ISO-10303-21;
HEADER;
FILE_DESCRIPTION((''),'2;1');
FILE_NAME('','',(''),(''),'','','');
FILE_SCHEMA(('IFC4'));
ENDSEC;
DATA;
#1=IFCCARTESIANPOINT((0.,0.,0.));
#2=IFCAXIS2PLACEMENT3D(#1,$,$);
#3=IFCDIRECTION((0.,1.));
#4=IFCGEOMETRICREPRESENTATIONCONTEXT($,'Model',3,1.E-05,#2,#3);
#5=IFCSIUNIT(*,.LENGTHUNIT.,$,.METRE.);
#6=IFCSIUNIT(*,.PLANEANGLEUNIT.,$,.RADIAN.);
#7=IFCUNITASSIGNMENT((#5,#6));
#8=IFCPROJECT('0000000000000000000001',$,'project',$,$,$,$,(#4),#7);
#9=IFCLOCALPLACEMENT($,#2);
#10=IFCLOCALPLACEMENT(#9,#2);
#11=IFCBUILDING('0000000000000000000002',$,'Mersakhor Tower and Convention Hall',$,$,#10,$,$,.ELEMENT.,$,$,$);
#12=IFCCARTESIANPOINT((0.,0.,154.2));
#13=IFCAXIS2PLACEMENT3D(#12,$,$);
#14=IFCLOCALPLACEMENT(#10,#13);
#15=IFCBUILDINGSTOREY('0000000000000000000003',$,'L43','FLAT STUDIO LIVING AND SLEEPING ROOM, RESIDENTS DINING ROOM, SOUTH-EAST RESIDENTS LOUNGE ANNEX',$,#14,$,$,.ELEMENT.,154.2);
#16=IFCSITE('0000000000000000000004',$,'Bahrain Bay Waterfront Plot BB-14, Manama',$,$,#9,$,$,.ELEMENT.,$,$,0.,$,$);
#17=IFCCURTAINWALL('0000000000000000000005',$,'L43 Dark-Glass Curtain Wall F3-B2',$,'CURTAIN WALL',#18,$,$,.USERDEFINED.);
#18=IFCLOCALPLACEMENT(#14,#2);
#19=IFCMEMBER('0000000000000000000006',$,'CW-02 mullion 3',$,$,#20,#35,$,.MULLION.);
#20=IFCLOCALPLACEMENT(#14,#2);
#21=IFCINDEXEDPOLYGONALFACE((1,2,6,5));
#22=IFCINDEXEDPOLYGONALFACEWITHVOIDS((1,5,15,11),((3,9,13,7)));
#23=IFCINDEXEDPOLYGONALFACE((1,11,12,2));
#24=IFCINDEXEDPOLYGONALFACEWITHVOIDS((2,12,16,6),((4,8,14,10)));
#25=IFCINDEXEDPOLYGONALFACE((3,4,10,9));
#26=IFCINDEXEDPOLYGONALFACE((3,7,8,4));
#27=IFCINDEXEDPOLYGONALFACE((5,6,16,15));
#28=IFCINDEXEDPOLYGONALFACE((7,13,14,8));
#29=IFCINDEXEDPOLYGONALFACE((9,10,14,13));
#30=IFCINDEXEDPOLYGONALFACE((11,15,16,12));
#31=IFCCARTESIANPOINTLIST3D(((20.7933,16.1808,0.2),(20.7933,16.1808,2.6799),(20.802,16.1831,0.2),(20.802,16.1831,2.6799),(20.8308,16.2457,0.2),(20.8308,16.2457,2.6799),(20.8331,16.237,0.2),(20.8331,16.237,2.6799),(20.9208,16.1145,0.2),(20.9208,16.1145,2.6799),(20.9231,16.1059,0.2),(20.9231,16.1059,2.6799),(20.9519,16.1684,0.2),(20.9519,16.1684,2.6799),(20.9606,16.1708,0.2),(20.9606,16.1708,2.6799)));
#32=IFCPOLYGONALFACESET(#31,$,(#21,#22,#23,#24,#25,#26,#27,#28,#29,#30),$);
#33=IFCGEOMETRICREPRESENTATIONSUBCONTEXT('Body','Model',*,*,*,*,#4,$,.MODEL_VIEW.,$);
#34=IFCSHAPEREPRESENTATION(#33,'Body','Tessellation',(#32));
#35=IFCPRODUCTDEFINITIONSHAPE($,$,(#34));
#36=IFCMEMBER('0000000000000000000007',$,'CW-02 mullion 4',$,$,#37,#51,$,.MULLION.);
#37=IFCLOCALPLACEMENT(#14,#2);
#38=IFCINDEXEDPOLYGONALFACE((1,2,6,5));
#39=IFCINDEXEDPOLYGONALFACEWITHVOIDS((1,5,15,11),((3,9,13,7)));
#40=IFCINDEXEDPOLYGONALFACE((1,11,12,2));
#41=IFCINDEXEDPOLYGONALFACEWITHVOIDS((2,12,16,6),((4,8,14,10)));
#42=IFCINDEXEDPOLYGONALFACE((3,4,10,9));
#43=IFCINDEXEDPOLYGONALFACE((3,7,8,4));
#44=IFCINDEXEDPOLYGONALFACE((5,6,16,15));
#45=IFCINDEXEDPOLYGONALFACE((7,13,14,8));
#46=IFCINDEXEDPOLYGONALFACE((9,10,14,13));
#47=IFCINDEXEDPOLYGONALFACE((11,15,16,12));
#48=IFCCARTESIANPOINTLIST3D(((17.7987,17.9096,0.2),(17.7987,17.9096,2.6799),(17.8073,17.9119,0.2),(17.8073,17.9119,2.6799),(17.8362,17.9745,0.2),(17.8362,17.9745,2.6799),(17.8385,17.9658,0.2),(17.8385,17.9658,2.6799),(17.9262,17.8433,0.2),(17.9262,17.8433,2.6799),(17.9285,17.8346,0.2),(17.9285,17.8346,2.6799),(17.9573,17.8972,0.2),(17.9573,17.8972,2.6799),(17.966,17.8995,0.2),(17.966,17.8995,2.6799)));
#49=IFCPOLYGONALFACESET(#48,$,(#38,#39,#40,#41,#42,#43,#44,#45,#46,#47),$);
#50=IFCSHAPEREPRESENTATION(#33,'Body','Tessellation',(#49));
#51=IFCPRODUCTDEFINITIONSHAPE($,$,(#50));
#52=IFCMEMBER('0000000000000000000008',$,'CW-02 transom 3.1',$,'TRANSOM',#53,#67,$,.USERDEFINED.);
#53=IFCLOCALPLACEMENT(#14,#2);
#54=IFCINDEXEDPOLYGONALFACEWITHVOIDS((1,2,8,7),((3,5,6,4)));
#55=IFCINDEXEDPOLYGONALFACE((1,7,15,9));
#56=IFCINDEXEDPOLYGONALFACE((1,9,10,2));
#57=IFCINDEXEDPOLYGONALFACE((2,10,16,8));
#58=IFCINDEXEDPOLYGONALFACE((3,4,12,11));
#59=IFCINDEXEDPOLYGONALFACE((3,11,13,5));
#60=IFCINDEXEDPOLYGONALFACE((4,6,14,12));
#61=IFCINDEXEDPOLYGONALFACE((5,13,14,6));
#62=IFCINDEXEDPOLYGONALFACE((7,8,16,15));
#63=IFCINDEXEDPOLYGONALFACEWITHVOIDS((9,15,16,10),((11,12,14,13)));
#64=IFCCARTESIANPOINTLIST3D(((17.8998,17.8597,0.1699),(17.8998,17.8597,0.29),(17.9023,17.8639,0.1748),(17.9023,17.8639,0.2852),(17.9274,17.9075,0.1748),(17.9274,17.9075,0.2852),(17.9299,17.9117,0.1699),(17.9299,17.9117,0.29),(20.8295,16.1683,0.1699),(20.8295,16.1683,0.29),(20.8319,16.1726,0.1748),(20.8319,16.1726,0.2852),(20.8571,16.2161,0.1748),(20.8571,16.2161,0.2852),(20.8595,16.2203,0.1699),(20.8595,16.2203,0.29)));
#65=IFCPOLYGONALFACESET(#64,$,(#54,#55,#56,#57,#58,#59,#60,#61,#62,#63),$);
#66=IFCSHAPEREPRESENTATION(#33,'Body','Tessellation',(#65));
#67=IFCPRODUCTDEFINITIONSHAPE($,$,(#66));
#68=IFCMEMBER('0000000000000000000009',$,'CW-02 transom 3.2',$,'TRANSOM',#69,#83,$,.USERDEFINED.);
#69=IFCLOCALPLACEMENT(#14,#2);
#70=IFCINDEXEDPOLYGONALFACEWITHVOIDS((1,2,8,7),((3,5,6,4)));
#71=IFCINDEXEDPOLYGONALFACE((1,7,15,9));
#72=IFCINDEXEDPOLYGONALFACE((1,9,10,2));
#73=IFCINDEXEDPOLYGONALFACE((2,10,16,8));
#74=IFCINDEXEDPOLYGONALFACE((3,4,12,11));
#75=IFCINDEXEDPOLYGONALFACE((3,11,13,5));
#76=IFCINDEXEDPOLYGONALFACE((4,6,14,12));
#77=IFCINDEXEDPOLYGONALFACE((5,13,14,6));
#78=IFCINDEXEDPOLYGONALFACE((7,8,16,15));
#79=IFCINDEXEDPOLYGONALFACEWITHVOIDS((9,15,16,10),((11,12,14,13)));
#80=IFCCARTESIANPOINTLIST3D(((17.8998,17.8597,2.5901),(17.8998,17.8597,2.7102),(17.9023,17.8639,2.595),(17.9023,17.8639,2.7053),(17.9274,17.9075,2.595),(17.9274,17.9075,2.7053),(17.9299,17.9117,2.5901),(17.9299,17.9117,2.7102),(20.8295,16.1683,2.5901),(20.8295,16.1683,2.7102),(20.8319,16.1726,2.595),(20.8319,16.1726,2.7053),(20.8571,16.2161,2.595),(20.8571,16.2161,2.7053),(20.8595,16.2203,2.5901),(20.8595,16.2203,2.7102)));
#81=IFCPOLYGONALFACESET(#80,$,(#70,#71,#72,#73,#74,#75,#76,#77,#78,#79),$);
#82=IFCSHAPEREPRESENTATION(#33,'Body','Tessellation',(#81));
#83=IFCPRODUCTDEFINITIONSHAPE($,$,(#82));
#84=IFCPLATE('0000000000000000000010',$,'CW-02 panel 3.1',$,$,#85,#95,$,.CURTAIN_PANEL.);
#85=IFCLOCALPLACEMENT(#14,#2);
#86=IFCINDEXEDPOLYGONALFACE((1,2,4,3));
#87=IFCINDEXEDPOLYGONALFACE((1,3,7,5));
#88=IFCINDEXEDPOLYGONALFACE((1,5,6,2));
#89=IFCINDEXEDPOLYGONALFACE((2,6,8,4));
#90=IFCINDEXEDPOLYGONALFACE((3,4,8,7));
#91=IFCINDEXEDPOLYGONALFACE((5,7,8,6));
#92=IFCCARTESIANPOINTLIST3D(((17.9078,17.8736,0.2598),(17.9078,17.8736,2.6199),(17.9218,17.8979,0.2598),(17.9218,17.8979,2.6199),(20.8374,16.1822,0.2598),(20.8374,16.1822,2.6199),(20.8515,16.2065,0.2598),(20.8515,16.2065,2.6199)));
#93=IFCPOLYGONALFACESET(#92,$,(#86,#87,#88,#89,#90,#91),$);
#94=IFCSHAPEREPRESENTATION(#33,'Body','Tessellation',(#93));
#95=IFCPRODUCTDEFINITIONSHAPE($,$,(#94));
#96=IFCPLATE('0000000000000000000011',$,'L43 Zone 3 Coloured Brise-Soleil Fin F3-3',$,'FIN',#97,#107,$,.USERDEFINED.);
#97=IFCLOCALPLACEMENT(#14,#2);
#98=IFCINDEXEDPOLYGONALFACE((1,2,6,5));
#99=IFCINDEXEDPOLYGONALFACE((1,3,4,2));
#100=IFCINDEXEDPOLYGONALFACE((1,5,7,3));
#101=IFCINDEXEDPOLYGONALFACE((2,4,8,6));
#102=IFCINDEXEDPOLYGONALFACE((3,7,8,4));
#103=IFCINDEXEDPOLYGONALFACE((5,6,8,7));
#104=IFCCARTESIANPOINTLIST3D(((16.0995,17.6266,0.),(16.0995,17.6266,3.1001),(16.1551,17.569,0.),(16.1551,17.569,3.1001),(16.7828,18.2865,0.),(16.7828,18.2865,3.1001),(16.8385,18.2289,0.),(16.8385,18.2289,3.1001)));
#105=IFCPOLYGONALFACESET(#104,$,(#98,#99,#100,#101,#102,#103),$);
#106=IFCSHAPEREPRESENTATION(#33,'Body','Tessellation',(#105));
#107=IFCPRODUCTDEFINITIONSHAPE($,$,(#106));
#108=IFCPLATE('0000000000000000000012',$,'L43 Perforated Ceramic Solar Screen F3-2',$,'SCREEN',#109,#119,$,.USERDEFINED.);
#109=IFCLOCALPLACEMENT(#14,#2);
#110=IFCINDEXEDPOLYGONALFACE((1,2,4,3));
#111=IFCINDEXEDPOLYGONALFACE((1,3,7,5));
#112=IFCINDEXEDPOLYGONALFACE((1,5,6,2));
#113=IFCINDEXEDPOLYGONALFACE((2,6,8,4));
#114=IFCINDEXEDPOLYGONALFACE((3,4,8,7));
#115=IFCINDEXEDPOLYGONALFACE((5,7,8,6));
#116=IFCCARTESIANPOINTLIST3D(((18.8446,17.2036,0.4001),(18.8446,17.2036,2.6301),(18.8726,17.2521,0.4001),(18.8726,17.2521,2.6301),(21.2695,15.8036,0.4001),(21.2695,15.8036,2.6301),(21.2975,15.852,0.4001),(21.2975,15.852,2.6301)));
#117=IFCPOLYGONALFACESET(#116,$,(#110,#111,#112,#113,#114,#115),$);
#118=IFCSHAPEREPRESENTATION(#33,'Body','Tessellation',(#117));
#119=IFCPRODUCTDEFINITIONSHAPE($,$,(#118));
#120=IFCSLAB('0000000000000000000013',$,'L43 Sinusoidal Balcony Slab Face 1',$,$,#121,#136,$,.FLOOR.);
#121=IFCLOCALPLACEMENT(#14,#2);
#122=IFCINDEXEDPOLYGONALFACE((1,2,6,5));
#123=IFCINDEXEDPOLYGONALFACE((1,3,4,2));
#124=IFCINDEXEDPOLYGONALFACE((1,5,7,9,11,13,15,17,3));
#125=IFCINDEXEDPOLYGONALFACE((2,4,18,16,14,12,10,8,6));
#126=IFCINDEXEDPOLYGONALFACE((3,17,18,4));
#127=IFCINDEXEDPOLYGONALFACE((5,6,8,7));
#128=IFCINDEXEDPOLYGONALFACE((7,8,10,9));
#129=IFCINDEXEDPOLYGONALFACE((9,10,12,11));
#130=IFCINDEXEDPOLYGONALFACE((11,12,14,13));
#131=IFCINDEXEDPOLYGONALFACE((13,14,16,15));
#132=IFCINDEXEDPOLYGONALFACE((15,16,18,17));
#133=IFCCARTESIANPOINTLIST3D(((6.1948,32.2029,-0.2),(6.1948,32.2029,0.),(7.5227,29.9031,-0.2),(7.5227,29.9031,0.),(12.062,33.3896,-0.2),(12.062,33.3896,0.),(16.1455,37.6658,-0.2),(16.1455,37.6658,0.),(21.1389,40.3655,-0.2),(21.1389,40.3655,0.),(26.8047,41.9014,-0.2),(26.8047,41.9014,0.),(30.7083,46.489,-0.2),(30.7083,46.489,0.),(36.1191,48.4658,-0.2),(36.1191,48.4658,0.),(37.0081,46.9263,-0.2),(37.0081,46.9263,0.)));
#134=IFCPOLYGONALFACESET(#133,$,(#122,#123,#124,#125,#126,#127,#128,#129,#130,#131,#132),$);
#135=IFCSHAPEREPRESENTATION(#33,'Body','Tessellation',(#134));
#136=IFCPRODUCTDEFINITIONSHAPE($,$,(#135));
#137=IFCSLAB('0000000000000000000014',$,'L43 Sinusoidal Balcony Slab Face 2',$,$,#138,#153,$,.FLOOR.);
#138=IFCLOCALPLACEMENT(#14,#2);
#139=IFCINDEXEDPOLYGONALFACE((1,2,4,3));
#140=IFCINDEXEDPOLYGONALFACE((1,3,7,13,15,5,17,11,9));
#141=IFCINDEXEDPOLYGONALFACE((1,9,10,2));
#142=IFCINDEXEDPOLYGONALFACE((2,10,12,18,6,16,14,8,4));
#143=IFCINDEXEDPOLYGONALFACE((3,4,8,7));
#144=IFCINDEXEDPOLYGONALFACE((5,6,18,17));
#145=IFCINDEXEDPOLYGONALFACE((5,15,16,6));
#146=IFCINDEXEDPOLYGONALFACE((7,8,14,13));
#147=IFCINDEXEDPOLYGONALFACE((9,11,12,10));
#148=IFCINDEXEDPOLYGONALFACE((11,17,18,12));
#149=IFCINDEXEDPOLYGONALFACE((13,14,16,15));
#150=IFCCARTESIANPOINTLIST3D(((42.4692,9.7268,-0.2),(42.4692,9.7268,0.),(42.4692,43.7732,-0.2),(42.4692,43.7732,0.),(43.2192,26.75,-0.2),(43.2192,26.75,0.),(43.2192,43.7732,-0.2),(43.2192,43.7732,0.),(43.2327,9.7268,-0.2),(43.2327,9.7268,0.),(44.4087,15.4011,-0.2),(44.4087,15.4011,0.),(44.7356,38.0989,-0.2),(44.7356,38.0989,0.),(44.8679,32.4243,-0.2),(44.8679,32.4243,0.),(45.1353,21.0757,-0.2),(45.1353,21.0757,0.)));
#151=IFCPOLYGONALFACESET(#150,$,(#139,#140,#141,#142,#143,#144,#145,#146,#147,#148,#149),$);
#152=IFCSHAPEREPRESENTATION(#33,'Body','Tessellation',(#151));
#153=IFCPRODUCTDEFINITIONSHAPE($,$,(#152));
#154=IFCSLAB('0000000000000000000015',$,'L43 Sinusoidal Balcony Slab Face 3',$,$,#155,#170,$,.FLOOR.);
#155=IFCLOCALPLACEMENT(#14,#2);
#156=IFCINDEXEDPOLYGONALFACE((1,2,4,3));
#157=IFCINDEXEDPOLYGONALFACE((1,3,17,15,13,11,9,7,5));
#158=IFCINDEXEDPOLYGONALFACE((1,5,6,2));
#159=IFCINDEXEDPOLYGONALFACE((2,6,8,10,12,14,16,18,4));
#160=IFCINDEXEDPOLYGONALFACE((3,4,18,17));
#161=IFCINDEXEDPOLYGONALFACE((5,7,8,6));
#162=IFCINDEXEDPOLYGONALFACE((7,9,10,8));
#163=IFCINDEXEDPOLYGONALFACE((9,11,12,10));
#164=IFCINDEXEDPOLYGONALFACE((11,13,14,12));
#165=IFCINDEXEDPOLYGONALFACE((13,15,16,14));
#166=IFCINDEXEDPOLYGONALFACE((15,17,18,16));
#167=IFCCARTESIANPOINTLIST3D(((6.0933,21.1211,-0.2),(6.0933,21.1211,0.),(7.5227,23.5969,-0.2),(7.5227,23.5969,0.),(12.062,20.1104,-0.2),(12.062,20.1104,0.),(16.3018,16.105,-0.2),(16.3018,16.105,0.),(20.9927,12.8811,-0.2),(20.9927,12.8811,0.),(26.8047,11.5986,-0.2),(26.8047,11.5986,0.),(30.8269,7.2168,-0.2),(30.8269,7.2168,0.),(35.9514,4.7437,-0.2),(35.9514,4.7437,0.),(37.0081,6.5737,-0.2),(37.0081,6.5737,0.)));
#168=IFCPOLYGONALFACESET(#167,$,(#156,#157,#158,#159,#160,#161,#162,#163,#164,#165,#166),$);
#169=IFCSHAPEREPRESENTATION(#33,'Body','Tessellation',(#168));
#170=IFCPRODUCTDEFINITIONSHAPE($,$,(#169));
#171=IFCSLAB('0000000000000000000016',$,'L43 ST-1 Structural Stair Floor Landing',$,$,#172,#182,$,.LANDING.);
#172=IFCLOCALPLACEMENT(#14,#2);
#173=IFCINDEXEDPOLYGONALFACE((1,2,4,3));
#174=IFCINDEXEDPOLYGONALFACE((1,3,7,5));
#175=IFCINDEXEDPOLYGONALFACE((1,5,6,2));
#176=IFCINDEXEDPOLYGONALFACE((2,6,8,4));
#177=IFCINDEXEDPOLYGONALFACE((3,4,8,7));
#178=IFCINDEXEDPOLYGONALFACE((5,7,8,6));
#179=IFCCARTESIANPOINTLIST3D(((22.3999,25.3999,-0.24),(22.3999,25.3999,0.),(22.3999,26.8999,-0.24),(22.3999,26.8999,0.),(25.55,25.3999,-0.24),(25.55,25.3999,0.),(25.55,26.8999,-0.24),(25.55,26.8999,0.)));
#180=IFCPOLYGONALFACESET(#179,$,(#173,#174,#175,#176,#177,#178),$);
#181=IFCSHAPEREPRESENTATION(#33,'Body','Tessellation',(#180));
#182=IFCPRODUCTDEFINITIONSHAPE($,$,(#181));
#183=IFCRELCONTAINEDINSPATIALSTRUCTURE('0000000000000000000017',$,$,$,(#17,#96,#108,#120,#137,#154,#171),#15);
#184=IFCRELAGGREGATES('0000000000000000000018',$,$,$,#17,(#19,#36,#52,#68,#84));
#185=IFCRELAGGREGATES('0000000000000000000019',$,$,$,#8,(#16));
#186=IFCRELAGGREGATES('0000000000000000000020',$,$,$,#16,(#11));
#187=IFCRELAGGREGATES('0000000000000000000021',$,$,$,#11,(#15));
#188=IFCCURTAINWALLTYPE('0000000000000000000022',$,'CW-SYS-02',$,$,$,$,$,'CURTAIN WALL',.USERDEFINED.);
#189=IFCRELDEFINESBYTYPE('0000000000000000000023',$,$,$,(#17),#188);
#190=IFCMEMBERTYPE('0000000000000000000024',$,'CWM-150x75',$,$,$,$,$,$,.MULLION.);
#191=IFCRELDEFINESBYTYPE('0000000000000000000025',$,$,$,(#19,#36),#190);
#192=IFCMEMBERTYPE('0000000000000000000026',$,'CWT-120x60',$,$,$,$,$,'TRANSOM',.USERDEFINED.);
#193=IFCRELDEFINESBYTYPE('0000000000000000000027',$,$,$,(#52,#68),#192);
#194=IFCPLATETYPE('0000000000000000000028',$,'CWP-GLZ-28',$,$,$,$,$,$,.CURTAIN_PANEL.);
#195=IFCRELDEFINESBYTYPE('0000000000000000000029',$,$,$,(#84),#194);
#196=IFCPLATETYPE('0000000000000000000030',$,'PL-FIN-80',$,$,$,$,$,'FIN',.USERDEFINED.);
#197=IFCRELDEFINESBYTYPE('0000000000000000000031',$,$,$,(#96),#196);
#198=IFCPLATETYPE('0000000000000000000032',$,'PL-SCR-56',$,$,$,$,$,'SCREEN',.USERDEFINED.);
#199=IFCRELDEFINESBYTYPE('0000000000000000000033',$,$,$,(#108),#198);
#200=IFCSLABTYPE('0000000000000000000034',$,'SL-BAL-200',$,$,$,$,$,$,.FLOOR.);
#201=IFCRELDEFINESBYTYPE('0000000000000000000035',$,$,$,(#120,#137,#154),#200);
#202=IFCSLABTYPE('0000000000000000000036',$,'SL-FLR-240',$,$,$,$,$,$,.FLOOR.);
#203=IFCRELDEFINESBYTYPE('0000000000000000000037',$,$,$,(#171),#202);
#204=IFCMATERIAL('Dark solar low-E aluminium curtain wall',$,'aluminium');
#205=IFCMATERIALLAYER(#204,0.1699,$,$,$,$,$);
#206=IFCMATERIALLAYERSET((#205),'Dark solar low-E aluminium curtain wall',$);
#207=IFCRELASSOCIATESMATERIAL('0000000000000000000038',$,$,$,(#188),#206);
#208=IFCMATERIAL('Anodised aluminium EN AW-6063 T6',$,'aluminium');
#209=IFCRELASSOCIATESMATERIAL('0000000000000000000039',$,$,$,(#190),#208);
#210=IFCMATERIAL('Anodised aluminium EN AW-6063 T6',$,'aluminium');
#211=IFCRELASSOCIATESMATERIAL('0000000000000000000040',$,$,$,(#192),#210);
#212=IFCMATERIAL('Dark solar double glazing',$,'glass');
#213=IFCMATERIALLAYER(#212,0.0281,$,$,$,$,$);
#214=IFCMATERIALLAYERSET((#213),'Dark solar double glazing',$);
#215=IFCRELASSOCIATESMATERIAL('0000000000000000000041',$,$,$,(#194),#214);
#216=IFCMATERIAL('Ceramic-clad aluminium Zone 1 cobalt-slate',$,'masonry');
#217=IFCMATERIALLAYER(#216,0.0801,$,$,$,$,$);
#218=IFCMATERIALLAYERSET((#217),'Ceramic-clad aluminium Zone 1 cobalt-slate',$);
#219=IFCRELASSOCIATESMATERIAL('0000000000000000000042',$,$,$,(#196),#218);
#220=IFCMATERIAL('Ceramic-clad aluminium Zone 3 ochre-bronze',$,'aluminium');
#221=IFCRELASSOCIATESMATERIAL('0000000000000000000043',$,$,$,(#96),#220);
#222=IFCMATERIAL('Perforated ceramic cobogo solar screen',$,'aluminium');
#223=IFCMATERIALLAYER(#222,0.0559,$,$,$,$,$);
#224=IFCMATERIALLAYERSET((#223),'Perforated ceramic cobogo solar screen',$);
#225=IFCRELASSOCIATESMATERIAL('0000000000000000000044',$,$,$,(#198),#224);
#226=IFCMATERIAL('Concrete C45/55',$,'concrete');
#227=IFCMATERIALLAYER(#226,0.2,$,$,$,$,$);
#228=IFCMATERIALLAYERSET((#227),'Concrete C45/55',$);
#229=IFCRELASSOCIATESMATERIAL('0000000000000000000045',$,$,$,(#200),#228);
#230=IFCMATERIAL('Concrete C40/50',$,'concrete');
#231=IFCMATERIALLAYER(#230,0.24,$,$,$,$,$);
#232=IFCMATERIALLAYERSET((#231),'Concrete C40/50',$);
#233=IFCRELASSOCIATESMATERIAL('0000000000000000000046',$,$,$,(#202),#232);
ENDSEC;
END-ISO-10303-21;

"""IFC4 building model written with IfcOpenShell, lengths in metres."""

from ifc_helpers import new_model, si_unit, direction, frame, origin, origin_2d, place, context, subcontext, project, spatial, polyline, rectangle, hollow_rectangle, outline, extrude, material, layer, layer_set, material_profile, profile_set, type_object, element, aggregate, save


model = new_model("IFC4")

# Units and contexts
model_context = context("Model", 3, precision=1e-05, world=origin(), true_north=direction((0.0, 1.0)))
body_context = subcontext(model_context, "Body", "Model", "MODEL_VIEW")
ifc_project = project(units=[si_unit("LENGTHUNIT", "METRE"), si_unit("PLANEANGLEUNIT", "RADIAN")], contexts=[model_context])

# Site, building, storey
site_placement = place(None, origin())
site = spatial("IfcSite", under=ifc_project, at=site_placement, Name="Bahrain Bay Waterfront Plot BB-14, Manama", CompositionType="ELEMENT", RefElevation=0.0)
building_placement = place(site_placement, origin())
building = spatial("IfcBuilding", under=site, at=building_placement, Name="Mersakhor Tower and Convention Hall", CompositionType="ELEMENT")
storey_placement = place(building_placement, frame((0.0, 0.0, 154.2)))
storey = spatial("IfcBuildingStorey", under=building, at=storey_placement, Name="L43", Description="FLAT STUDIO LIVING AND SLEEPING ROOM, RESIDENTS DINING ROOM, SOUTH-EAST RESIDENTS LOUNGE ANNEX", CompositionType="ELEMENT", Elevation=154.2)

# Curtain wall, members, plate
ifc_material_1 = material(Name="Dark solar low-E aluminium curtain wall", Category="aluminium")
ifc_layer_1 = layer(ifc_material_1, 0.1699)
ifc_layer_set_1 = layer_set([ifc_layer_1], Name="Dark solar low-E aluminium curtain wall")
curtain_wall_type = type_object("IfcCurtainWallType", Name="CW-SYS-02", ElementType="CURTAIN WALL", PredefinedType="USERDEFINED", material=ifc_layer_set_1)
curtain_wall_placement = place(storey_placement, origin())
curtain_wall = element("IfcCurtainWall", 1, at=curtain_wall_placement, inside=storey, type_object=curtain_wall_type, Name="L43 Dark-Glass Curtain Wall F3-B2", ObjectType="CURTAIN WALL", PredefinedType="USERDEFINED")
ifc_material_2 = material(Name="Anodised aluminium EN AW-6063 T6", Category="aluminium")
ifc_material_profile_1 = material_profile(ifc_material_2, hollow_rectangle(XDim=0.075, YDim=0.1499, WallThickness=0.0063, at=origin_2d()), Name="RHS 150x75x6.3")
ifc_profile_set_1 = profile_set([ifc_material_profile_1], Name="Anodised aluminium EN AW-6063 T6")
member_type_1 = type_object("IfcMemberType", Name="CWM-150x75", PredefinedType="MULLION", material=ifc_profile_set_1)
member_1_placement = place(storey_placement, frame((20.877, 16.1758, 0.2), z_axis=(0.0, 0.0, 1.0), x_axis=(-0.49999, -0.866031, 0.0)))
member_1 = element("IfcMember", 2, at=member_1_placement, type_object=member_type_1, Name="CW-02 mullion 3", PredefinedType="MULLION", context=body_context, shape_type="SweptSolid", body=[
    extrude(hollow_rectangle(XDim=0.075, YDim=0.1499, WallThickness=0.0063, at=origin_2d()), origin(), (0.0, 0.0, 1.0), 2.48),
])
member_2_placement = place(storey_placement, frame((17.8823, 17.9045, 0.2), z_axis=(0.0, 0.0, 1.0), x_axis=(-0.49999, -0.866031, 0.0)))
member_2 = element("IfcMember", 3, at=member_2_placement, type_object=member_type_1, Name="CW-02 mullion 4", PredefinedType="MULLION", context=body_context, shape_type="SweptSolid", body=[
    extrude(hollow_rectangle(XDim=0.075, YDim=0.1499, WallThickness=0.0063, at=origin_2d()), origin(), (0.0, 0.0, 1.0), 2.48),
])
ifc_material_3 = material(Name="Anodised aluminium EN AW-6063 T6", Category="aluminium")
ifc_material_profile_2 = material_profile(ifc_material_3, hollow_rectangle(XDim=0.0601, YDim=0.1201, WallThickness=0.0049, at=origin_2d()), Name="RHS 120x60x5")
ifc_profile_set_2 = profile_set([ifc_material_profile_2], Name="Anodised aluminium EN AW-6063 T6")
member_type_2 = type_object("IfcMemberType", Name="CWT-120x60", ElementType="TRANSOM", PredefinedType="USERDEFINED", material=ifc_profile_set_2)
member_3_placement = place(storey_placement, frame((20.8445, 16.1943, 0.23), z_axis=(-0.866032, 0.499989, 0.0), x_axis=(-0.499989, -0.866032, 0.0)))
member_3 = element("IfcMember", 4, at=member_3_placement, type_object=member_type_2, Name="CW-02 transom 3.1", ObjectType="TRANSOM", PredefinedType="USERDEFINED", context=body_context, shape_type="SweptSolid", body=[
    extrude(hollow_rectangle(XDim=0.0601, YDim=0.1201, WallThickness=0.0049, at=origin_2d()), origin(), (0.0, 0.0, 1.0), 3.3828),
])
member_4_placement = place(storey_placement, frame((20.8445, 16.1943, 2.6501), z_axis=(-0.866032, 0.499989, 0.0), x_axis=(-0.499989, -0.866032, 0.0)))
member_4 = element("IfcMember", 5, at=member_4_placement, type_object=member_type_2, Name="CW-02 transom 3.2", ObjectType="TRANSOM", PredefinedType="USERDEFINED", context=body_context, shape_type="SweptSolid", body=[
    extrude(hollow_rectangle(XDim=0.0601, YDim=0.1201, WallThickness=0.0049, at=origin_2d()), origin(), (0.0, 0.0, 1.0), 3.3828),
])
ifc_material_4 = material(Name="Dark solar double glazing", Category="glass")
ifc_layer_2 = layer(ifc_material_4, 0.0281)
ifc_layer_set_2 = layer_set([ifc_layer_2], Name="Dark solar double glazing")
plate_type_1 = type_object("IfcPlateType", Name="CWP-GLZ-28", PredefinedType="CURTAIN_PANEL", material=ifc_layer_set_2)
plate_1_placement = place(storey_placement, frame((19.3796, 17.04, 0.2598), z_axis=(0.0, 0.0, 1.0), x_axis=(-0.866031, 0.49999, 0.0)))
plate_1 = element("IfcPlate", 6, at=plate_1_placement, type_object=plate_type_1, Name="CW-02 panel 3.1", PredefinedType="CURTAIN_PANEL", context=body_context, shape_type="SweptSolid", body=[
    extrude(rectangle(XDim=3.3828, YDim=0.0281, at=origin_2d()), origin(), (0.0, 0.0, 1.0), 2.3601),
])
aggregate(curtain_wall, [member_1, member_2, member_3, member_4, plate_1])

# Plates
ifc_material_5 = material(Name="Ceramic-clad aluminium Zone 3 ochre-bronze", Category="aluminium")
ifc_material_6 = material(Name="Ceramic-clad aluminium Zone 1 cobalt-slate", Category="masonry")
ifc_layer_3 = layer(ifc_material_6, 0.0801)
ifc_layer_set_3 = layer_set([ifc_layer_3], Name="Ceramic-clad aluminium Zone 1 cobalt-slate")
plate_type_2 = type_object("IfcPlateType", Name="PL-FIN-80", ElementType="FIN", PredefinedType="USERDEFINED", material=ifc_layer_set_3)
plate_2_placement = place(storey_placement, frame((16.469, 17.9277, 0.0), z_axis=(0.0, 0.0, 1.0), x_axis=(-0.71934, -0.694658, 0.0)))
element("IfcPlate", 7, at=plate_2_placement, inside=storey, type_object=plate_type_2, material=ifc_material_5, Name="L43 Zone 3 Coloured Brise-Soleil Fin F3-3", ObjectType="FIN", PredefinedType="USERDEFINED", context=body_context, shape_type="SweptSolid", body=[
    extrude(rectangle(XDim=0.95, YDim=0.0801, at=origin_2d()), origin(), (0.0, 0.0, 1.0), 3.1001),
])
ifc_material_7 = material(Name="Perforated ceramic cobogo solar screen", Category="aluminium")
ifc_layer_4 = layer(ifc_material_7, 0.0559)
ifc_layer_set_4 = layer_set([ifc_layer_4], Name="Perforated ceramic cobogo solar screen")
plate_type_3 = type_object("IfcPlateType", Name="PL-SCR-56", ElementType="SCREEN", PredefinedType="USERDEFINED", material=ifc_layer_set_4)
plate_3_placement = place(storey_placement, frame((20.071, 16.5278, 0.4001), z_axis=(0.0, 0.0, 1.0), x_axis=(-0.866025, 0.5, 0.0)))
element("IfcPlate", 8, at=plate_3_placement, inside=storey, type_object=plate_type_3, Name="L43 Perforated Ceramic Solar Screen F3-2", ObjectType="SCREEN", PredefinedType="USERDEFINED", context=body_context, shape_type="SweptSolid", body=[
    extrude(rectangle(XDim=2.8, YDim=0.0559, at=origin_2d()), origin(), (0.0, 0.0, 1.0), 2.23),
])

# Slabs
ifc_material_8 = material(Name="Concrete C45/55", Category="concrete")
ifc_layer_5 = layer(ifc_material_8, 0.2)
ifc_layer_set_5 = layer_set([ifc_layer_5], Name="Concrete C45/55")
slab_type_1 = type_object("IfcSlabType", Name="SL-BAL-200", PredefinedType="FLOOR", material=ifc_layer_set_5)
slab_1_placement = place(storey_placement, frame((0.0, 0.0, -0.2)))
element("IfcSlab", 9, at=slab_1_placement, inside=storey, type_object=slab_type_1, Name="L43 Sinusoidal Balcony Slab Face 1", PredefinedType="FLOOR", context=body_context, shape_type="SweptSolid", body=[
    extrude(outline(polyline([(7.5227, 29.9031), (37.0081, 46.9263), (36.1191, 48.4658), (30.7083, 46.489), (26.8047, 41.9014), (21.1389, 40.3655), (16.1455, 37.6658), (12.062, 33.3896), (6.1948, 32.2029), (7.5227, 29.9031)])), origin(), (0.0, 0.0, 1.0), 0.2),
])
slab_2_placement = place(storey_placement, frame((0.0, 0.0, -0.2)))
element("IfcSlab", 10, at=slab_2_placement, inside=storey, type_object=slab_type_1, Name="L43 Sinusoidal Balcony Slab Face 2", PredefinedType="FLOOR", context=body_context, shape_type="SweptSolid", body=[
    extrude(outline(polyline([(42.4692, 43.7732), (42.4692, 9.7268), (43.2327, 9.7268), (44.4087, 15.4011), (45.1353, 21.0757), (43.2192, 26.75), (44.8679, 32.4243), (44.7356, 38.0989), (43.2192, 43.7732), (42.4692, 43.7732)])), origin(), (0.0, 0.0, 1.0), 0.2),
])
slab_3_placement = place(storey_placement, frame((0.0, 0.0, -0.2)))
element("IfcSlab", 11, at=slab_3_placement, inside=storey, type_object=slab_type_1, Name="L43 Sinusoidal Balcony Slab Face 3", PredefinedType="FLOOR", context=body_context, shape_type="SweptSolid", body=[
    extrude(outline(polyline([(37.0081, 6.5737), (7.5227, 23.5969), (6.0933, 21.1211), (12.062, 20.1104), (16.3018, 16.105), (20.9927, 12.8811), (26.8047, 11.5986), (30.8269, 7.2168), (35.9514, 4.7437), (37.0081, 6.5737)])), origin(), (0.0, 0.0, 1.0), 0.2),
])
ifc_material_9 = material(Name="Concrete C40/50", Category="concrete")
ifc_layer_6 = layer(ifc_material_9, 0.24)
ifc_layer_set_6 = layer_set([ifc_layer_6], Name="Concrete C40/50")
slab_type_2 = type_object("IfcSlabType", Name="SL-FLR-240", PredefinedType="FLOOR", material=ifc_layer_set_6)
slab_4_placement = place(storey_placement, frame((0.0, 0.0, -0.24)))
element("IfcSlab", 12, at=slab_4_placement, inside=storey, type_object=slab_type_2, Name="L43 ST-1 Structural Stair Floor Landing", PredefinedType="LANDING", context=body_context, shape_type="SweptSolid", body=[
    extrude(outline(polyline([(25.55, 25.3999), (25.55, 26.8999), (22.3999, 26.8999), (22.3999, 25.3999), (25.55, 25.3999)])), origin(), (0.0, 0.0, 1.0), 0.24),
])

save(model, "model.ifc")
